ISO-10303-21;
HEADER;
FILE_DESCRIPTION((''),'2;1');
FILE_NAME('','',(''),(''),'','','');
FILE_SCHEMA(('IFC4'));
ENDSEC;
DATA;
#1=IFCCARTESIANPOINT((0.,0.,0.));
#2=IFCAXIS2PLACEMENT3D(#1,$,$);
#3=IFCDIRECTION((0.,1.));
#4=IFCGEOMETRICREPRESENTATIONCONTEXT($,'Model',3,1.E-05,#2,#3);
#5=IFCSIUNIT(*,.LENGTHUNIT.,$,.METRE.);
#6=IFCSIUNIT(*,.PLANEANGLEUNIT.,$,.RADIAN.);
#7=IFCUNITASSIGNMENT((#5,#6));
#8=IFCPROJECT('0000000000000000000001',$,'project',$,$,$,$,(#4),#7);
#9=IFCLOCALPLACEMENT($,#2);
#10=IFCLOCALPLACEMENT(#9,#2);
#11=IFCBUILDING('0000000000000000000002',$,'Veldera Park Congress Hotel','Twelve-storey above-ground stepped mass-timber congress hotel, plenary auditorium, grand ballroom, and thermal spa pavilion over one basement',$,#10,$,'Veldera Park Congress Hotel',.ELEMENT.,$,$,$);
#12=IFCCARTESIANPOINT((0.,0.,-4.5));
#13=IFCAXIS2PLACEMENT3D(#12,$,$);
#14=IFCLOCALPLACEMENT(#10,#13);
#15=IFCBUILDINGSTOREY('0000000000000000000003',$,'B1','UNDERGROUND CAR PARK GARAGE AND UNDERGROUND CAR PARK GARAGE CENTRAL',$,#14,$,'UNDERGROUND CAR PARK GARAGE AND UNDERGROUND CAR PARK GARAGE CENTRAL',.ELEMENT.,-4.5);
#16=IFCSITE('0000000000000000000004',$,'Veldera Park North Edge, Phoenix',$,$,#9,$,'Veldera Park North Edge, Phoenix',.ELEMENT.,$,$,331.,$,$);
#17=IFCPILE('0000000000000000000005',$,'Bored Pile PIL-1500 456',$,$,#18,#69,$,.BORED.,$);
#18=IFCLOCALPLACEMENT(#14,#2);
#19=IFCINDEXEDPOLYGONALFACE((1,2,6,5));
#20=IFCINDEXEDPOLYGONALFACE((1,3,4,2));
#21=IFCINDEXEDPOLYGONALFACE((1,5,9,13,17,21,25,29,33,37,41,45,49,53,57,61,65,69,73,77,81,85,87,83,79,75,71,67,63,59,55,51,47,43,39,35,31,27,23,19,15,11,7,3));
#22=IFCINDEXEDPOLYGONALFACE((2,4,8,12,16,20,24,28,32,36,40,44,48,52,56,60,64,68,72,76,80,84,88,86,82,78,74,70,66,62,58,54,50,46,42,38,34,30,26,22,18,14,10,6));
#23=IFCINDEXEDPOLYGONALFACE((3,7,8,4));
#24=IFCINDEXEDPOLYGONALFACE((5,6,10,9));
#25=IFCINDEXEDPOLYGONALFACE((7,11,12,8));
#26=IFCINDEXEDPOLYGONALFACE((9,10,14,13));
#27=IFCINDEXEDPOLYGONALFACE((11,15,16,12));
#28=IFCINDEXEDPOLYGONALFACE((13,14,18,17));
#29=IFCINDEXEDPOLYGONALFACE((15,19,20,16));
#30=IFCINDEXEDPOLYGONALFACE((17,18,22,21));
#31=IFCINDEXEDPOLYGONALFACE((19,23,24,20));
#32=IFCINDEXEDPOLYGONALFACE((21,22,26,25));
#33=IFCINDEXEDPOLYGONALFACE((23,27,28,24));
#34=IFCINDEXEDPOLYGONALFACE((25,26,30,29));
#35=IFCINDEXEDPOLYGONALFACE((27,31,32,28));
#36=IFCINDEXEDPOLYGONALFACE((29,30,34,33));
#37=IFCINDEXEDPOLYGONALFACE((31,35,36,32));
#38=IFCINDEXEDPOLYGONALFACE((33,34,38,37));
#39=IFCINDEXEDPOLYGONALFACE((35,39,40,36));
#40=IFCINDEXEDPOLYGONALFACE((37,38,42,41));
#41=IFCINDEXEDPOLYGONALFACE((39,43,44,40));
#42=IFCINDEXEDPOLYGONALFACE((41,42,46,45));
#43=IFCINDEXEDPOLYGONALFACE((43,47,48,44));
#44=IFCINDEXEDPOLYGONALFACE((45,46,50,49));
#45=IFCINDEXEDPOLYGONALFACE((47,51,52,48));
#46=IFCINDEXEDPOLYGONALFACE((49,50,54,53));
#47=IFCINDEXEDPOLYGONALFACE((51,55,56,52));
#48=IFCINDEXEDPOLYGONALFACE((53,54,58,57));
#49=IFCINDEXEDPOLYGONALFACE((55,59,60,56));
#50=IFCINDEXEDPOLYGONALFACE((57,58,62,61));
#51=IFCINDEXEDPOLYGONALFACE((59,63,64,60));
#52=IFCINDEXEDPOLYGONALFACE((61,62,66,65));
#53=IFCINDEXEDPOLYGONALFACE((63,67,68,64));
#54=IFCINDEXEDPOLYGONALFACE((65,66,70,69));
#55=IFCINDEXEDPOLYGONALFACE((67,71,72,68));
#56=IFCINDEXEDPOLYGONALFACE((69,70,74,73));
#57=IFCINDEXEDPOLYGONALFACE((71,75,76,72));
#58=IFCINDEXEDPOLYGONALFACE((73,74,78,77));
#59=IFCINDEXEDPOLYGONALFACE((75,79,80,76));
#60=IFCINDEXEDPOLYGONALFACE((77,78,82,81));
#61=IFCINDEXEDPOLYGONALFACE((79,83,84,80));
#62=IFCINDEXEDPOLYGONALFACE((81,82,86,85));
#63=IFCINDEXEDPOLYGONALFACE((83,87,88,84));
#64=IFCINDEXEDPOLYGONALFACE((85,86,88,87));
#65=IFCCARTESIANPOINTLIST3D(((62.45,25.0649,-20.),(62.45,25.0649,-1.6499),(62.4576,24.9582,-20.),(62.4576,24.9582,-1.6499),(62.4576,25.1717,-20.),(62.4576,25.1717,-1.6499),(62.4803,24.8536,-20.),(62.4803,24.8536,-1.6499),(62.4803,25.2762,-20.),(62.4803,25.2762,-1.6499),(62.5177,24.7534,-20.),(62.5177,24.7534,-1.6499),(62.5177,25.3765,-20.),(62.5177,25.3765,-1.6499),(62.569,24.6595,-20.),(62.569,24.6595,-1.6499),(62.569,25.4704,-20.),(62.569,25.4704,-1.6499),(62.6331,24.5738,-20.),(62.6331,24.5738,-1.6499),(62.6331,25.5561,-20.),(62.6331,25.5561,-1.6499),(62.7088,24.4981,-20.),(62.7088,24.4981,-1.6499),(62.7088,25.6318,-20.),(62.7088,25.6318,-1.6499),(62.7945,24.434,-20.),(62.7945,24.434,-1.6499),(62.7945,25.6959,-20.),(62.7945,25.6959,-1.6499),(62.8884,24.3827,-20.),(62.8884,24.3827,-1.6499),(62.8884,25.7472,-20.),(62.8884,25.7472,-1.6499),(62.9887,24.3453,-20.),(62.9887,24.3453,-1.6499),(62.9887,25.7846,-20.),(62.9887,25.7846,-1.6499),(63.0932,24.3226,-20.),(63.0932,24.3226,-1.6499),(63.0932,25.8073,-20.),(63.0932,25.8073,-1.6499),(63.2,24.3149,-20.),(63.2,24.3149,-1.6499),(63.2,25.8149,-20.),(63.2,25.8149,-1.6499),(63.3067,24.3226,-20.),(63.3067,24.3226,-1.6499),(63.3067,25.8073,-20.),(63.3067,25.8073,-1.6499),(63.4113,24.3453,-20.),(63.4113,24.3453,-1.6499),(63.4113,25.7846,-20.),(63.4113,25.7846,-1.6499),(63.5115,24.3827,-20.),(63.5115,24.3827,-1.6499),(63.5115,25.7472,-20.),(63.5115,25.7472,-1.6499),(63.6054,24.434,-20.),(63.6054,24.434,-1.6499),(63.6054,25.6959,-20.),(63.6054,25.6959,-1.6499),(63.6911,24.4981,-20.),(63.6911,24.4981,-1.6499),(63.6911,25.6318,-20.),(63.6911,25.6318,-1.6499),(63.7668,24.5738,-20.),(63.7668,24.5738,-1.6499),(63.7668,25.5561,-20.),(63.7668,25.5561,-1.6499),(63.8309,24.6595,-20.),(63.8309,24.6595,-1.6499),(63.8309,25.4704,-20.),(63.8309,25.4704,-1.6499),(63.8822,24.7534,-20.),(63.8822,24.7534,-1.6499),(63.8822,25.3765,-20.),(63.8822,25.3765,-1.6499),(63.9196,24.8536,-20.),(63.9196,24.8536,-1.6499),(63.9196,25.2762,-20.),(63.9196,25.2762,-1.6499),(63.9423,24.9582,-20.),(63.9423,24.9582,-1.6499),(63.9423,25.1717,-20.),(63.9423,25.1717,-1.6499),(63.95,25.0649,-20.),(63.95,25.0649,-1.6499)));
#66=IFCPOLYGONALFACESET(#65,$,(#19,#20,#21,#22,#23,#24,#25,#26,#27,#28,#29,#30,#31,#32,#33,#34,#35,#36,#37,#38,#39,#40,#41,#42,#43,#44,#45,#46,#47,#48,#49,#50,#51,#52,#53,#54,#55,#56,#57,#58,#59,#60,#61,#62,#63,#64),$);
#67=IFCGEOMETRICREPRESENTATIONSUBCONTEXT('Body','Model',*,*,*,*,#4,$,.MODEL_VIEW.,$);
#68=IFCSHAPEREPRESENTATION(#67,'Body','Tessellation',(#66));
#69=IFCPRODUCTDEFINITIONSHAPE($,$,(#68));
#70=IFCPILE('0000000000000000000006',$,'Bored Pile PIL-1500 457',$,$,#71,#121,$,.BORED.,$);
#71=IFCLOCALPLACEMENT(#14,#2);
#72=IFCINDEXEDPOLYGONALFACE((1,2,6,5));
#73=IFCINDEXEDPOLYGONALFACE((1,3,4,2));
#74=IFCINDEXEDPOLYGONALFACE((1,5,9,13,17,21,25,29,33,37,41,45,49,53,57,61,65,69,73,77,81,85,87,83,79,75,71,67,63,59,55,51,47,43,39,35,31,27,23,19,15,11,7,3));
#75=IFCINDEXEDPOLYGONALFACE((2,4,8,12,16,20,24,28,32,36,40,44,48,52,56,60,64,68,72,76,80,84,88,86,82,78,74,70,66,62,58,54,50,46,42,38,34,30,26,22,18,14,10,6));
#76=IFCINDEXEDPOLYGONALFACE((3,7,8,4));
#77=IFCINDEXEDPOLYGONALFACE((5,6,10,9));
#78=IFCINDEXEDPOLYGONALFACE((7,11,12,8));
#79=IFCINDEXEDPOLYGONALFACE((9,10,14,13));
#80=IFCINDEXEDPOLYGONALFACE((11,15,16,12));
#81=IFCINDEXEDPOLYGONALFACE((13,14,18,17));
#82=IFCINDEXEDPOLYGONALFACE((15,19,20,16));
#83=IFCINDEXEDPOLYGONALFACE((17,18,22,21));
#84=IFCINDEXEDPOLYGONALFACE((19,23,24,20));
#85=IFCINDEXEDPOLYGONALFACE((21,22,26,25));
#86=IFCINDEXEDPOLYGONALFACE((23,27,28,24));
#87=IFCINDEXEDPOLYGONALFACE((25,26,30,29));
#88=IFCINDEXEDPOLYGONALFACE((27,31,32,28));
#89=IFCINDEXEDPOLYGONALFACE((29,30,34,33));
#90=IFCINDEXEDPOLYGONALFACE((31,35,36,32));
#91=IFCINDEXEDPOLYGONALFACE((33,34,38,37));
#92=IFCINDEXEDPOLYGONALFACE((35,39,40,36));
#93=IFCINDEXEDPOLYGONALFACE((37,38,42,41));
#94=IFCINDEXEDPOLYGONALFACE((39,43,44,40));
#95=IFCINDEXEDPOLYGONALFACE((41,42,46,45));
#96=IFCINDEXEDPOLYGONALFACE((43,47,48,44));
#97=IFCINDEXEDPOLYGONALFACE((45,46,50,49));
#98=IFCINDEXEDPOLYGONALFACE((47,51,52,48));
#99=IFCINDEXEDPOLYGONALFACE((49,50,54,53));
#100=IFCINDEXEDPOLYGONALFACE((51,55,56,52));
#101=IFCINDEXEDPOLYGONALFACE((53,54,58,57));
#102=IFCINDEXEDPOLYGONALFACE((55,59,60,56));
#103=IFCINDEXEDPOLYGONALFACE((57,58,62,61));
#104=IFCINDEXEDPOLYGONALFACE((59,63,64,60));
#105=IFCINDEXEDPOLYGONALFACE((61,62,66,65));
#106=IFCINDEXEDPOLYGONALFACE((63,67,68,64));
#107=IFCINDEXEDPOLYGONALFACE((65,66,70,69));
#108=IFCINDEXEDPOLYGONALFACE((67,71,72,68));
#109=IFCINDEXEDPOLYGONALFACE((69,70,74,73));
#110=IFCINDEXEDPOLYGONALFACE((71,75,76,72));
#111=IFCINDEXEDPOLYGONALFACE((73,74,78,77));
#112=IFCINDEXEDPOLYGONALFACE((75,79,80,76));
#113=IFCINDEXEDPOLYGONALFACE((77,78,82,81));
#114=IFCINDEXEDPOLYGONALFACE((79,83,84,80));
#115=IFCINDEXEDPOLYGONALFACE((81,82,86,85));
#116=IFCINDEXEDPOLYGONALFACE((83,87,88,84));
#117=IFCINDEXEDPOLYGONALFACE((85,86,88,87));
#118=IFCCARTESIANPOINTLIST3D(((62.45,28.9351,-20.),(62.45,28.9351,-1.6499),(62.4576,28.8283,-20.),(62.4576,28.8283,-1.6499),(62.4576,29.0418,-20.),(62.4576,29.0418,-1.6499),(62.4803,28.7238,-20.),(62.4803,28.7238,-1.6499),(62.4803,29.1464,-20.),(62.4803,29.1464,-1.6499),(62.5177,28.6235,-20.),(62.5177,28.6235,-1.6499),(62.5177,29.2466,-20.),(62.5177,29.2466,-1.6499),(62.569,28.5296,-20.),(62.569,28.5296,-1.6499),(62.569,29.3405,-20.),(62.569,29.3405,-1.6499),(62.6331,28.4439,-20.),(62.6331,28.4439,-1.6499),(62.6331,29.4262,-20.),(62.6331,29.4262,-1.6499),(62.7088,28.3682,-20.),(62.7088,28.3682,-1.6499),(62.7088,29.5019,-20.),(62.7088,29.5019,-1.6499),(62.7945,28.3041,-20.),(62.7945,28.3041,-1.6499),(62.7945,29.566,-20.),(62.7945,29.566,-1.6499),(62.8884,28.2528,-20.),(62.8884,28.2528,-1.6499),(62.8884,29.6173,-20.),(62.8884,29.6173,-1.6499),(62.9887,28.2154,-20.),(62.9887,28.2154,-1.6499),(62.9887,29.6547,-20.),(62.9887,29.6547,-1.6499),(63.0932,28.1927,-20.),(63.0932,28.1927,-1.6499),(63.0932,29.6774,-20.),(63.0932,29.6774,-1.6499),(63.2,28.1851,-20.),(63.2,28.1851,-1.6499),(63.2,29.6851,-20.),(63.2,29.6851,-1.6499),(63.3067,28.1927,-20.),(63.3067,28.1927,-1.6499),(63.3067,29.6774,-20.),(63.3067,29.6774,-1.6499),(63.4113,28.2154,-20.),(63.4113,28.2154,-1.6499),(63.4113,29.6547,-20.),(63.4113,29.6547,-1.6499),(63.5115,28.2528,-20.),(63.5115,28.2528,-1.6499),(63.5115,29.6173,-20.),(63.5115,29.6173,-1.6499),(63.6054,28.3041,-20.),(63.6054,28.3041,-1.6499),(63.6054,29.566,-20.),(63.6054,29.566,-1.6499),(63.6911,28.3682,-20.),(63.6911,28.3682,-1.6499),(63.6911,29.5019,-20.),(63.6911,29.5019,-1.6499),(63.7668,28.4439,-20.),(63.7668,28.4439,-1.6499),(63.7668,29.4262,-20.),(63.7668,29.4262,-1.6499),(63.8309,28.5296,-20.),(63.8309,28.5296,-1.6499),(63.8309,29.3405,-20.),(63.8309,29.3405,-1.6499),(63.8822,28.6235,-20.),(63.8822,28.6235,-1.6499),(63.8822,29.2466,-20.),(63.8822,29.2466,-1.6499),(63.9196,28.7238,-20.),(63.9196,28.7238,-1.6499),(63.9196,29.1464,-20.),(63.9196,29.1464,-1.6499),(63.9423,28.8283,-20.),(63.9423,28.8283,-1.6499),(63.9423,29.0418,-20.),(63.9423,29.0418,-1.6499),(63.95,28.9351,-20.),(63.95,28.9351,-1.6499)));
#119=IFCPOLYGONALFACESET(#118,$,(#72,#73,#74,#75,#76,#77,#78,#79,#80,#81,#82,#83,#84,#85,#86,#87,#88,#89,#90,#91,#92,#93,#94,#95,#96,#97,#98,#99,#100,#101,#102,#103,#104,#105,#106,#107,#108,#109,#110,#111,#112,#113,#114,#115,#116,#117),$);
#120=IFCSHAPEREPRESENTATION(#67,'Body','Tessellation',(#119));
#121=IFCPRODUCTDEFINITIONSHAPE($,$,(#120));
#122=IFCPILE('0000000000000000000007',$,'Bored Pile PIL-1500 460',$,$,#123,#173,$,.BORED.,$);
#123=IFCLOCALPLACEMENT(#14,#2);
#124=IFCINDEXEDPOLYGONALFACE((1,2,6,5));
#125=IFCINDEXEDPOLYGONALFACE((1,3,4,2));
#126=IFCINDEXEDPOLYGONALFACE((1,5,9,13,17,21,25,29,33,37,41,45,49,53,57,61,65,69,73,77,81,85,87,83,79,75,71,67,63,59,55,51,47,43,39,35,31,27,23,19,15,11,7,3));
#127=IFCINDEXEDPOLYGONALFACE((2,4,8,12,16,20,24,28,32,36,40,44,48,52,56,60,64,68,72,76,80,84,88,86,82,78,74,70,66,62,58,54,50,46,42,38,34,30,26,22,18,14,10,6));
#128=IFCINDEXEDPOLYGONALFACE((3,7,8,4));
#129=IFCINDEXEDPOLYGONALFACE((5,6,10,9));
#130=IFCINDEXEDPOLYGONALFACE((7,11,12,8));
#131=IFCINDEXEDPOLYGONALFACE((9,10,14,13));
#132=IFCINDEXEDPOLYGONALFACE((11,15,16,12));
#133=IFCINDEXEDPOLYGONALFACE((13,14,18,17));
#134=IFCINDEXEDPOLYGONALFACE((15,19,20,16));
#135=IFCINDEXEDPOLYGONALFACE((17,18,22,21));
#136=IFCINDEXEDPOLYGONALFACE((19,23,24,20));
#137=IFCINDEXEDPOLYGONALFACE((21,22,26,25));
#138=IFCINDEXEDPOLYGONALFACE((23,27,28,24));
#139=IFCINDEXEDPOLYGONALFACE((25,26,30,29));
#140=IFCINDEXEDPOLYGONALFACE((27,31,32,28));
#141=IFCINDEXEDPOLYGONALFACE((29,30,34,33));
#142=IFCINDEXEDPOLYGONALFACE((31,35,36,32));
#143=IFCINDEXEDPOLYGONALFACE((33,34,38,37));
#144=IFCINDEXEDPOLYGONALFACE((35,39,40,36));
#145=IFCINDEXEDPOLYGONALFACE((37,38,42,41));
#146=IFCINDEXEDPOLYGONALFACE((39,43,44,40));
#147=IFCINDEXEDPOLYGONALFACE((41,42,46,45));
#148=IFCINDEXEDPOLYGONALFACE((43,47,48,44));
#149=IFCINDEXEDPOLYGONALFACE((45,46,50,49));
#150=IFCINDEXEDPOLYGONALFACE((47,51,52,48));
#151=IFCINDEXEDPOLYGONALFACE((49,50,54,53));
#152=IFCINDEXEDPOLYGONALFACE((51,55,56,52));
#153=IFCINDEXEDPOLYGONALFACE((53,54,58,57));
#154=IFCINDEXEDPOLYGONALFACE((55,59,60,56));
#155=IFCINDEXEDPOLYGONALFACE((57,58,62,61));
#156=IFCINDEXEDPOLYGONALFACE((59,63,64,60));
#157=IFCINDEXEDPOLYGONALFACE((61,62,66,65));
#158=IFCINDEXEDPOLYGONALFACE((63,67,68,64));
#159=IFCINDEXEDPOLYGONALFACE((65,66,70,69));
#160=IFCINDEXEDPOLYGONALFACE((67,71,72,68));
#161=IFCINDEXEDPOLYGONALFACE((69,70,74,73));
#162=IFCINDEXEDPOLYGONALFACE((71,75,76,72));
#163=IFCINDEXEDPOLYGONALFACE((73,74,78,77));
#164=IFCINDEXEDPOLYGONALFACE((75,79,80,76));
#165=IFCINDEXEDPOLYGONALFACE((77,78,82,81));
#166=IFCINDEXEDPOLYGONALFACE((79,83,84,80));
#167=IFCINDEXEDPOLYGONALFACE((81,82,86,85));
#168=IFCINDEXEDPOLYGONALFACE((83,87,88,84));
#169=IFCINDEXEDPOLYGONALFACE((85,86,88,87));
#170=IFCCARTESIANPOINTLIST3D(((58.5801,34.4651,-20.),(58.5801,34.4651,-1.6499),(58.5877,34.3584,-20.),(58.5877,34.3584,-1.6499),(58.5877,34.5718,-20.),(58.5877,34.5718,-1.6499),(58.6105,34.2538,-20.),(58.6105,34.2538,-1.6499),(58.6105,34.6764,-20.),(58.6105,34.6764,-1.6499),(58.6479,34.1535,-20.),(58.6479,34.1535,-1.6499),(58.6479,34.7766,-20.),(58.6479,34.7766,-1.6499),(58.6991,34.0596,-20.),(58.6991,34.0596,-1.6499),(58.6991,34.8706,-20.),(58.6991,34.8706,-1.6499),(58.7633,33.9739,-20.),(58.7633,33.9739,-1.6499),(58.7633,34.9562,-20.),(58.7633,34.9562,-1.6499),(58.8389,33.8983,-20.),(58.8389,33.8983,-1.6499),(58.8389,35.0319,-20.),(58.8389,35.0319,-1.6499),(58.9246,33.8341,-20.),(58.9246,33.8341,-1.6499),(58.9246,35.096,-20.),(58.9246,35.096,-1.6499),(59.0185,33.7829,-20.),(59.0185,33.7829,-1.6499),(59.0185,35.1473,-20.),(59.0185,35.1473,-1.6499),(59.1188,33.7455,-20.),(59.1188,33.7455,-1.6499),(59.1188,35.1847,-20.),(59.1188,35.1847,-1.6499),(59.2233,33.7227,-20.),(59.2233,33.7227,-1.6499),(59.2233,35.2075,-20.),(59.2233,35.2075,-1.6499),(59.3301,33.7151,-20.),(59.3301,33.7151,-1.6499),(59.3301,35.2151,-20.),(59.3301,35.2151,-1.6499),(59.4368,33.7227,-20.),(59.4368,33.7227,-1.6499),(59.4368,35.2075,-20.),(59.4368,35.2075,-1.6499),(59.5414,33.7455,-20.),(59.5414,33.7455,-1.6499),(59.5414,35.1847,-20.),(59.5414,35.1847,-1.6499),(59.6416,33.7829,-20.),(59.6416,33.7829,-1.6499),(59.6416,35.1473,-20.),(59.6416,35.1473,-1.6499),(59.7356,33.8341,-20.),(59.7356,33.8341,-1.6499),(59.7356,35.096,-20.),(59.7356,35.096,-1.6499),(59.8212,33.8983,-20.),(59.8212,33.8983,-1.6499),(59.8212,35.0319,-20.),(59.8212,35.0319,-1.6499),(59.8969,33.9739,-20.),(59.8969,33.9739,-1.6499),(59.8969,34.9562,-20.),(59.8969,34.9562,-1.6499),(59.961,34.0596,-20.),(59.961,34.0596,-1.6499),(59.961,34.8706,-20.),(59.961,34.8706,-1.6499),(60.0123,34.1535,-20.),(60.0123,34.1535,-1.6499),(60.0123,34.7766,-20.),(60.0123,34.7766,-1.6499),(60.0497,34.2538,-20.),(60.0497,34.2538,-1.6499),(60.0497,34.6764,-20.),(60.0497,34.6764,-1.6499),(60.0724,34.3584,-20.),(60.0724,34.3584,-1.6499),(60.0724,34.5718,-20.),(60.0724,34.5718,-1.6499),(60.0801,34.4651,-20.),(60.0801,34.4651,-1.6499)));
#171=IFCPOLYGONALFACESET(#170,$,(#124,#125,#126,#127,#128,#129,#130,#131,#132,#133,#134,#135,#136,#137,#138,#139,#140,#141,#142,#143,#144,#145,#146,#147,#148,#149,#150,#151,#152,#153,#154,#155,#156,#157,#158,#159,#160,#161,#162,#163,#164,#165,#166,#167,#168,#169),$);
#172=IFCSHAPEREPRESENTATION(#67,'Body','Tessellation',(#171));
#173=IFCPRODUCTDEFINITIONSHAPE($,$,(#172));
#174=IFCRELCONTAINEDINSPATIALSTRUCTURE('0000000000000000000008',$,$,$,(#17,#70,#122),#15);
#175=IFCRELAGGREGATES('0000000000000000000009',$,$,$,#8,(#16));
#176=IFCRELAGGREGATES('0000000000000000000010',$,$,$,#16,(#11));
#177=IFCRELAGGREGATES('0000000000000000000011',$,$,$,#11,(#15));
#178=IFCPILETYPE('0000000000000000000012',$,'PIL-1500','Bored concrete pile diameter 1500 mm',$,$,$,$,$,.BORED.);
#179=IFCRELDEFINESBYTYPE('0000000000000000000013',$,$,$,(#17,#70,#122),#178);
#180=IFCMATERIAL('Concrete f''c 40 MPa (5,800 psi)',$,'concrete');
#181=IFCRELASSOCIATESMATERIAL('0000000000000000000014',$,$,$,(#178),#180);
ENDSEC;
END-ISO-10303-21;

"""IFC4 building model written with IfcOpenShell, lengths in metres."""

from ifc_helpers import new_model, si_unit, direction, frame, origin, origin_2d, place, context, subcontext, project, spatial, circle, extrude, material, material_profile, profile_set, type_object, element, save


model = new_model("IFC4")

# Units and contexts
model_context = context("Model", 3, precision=1e-05, world=origin(), true_north=direction((0.0, 1.0)))
body_context = subcontext(model_context, "Body", "Model", "MODEL_VIEW")
ifc_project = project(units=[si_unit("LENGTHUNIT", "METRE"), si_unit("PLANEANGLEUNIT", "RADIAN")], contexts=[model_context])

# Site, building, storey
site_placement = place(None, origin())
site = spatial("IfcSite", under=ifc_project, at=site_placement, Name="Veldera Park North Edge, Phoenix", LongName="Veldera Park North Edge, Phoenix", CompositionType="ELEMENT", RefElevation=331.0)
building_placement = place(site_placement, origin())
building = spatial("IfcBuilding", under=site, at=building_placement, Name="Veldera Park Congress Hotel", Description="Twelve-storey above-ground stepped mass-timber congress hotel, plenary auditorium, grand ballroom, and thermal spa pavilion over one basement", LongName="Veldera Park Congress Hotel", CompositionType="ELEMENT")
storey_placement = place(building_placement, frame((0.0, 0.0, -4.5)))
storey = spatial("IfcBuildingStorey", under=building, at=storey_placement, Name="B1", Description="UNDERGROUND CAR PARK GARAGE AND UNDERGROUND CAR PARK GARAGE CENTRAL", LongName="UNDERGROUND CAR PARK GARAGE AND UNDERGROUND CAR PARK GARAGE CENTRAL", CompositionType="ELEMENT", Elevation=-4.5)

# Shared definitions
ifc_material_1 = material(Name="Concrete f'c 40 MPa (5,800 psi)", Category="concrete")

# Piles
ifc_material_profile_1 = material_profile(ifc_material_1, circle(Radius=0.75, at=origin_2d()), Name="PILE D1500")
ifc_profile_set_1 = profile_set([ifc_material_profile_1], Name="Concrete f'c 40 MPa (5,800 psi)")
pile_type = type_object("IfcPileType", Name="PIL-1500", Description="Bored concrete pile diameter 1500 mm", PredefinedType="BORED", material=ifc_profile_set_1)
for number, where, z_axis, x_axis, name in (
    (1, (63.2, 25.0649, -1.6499), (0.0, 0.0, -1.0), (1.0, 0.0, 0.0), "Bored Pile PIL-1500 456"),
    (2, (63.2, 28.9351, -1.6499), (0.0, 0.0, -1.0), (1.0, 0.0, 0.0), "Bored Pile PIL-1500 457"),
    (3, (59.3301, 34.4651, -1.6499), (0.0, 0.0, -1.0), (1.0, 0.0, 0.0), "Bored Pile PIL-1500 460"),
):
    element("IfcPile", number, at=place(storey_placement, frame(where, z_axis=z_axis, x_axis=x_axis)), inside=storey, type_object=pile_type, Name=name, PredefinedType="BORED", context=body_context, shape_type="SweptSolid", body=[
        extrude(circle(Radius=0.75, at=origin_2d()), origin(), (0.0, 0.0, 1.0), 18.3501),
    ])

save(model, "model.ifc")
